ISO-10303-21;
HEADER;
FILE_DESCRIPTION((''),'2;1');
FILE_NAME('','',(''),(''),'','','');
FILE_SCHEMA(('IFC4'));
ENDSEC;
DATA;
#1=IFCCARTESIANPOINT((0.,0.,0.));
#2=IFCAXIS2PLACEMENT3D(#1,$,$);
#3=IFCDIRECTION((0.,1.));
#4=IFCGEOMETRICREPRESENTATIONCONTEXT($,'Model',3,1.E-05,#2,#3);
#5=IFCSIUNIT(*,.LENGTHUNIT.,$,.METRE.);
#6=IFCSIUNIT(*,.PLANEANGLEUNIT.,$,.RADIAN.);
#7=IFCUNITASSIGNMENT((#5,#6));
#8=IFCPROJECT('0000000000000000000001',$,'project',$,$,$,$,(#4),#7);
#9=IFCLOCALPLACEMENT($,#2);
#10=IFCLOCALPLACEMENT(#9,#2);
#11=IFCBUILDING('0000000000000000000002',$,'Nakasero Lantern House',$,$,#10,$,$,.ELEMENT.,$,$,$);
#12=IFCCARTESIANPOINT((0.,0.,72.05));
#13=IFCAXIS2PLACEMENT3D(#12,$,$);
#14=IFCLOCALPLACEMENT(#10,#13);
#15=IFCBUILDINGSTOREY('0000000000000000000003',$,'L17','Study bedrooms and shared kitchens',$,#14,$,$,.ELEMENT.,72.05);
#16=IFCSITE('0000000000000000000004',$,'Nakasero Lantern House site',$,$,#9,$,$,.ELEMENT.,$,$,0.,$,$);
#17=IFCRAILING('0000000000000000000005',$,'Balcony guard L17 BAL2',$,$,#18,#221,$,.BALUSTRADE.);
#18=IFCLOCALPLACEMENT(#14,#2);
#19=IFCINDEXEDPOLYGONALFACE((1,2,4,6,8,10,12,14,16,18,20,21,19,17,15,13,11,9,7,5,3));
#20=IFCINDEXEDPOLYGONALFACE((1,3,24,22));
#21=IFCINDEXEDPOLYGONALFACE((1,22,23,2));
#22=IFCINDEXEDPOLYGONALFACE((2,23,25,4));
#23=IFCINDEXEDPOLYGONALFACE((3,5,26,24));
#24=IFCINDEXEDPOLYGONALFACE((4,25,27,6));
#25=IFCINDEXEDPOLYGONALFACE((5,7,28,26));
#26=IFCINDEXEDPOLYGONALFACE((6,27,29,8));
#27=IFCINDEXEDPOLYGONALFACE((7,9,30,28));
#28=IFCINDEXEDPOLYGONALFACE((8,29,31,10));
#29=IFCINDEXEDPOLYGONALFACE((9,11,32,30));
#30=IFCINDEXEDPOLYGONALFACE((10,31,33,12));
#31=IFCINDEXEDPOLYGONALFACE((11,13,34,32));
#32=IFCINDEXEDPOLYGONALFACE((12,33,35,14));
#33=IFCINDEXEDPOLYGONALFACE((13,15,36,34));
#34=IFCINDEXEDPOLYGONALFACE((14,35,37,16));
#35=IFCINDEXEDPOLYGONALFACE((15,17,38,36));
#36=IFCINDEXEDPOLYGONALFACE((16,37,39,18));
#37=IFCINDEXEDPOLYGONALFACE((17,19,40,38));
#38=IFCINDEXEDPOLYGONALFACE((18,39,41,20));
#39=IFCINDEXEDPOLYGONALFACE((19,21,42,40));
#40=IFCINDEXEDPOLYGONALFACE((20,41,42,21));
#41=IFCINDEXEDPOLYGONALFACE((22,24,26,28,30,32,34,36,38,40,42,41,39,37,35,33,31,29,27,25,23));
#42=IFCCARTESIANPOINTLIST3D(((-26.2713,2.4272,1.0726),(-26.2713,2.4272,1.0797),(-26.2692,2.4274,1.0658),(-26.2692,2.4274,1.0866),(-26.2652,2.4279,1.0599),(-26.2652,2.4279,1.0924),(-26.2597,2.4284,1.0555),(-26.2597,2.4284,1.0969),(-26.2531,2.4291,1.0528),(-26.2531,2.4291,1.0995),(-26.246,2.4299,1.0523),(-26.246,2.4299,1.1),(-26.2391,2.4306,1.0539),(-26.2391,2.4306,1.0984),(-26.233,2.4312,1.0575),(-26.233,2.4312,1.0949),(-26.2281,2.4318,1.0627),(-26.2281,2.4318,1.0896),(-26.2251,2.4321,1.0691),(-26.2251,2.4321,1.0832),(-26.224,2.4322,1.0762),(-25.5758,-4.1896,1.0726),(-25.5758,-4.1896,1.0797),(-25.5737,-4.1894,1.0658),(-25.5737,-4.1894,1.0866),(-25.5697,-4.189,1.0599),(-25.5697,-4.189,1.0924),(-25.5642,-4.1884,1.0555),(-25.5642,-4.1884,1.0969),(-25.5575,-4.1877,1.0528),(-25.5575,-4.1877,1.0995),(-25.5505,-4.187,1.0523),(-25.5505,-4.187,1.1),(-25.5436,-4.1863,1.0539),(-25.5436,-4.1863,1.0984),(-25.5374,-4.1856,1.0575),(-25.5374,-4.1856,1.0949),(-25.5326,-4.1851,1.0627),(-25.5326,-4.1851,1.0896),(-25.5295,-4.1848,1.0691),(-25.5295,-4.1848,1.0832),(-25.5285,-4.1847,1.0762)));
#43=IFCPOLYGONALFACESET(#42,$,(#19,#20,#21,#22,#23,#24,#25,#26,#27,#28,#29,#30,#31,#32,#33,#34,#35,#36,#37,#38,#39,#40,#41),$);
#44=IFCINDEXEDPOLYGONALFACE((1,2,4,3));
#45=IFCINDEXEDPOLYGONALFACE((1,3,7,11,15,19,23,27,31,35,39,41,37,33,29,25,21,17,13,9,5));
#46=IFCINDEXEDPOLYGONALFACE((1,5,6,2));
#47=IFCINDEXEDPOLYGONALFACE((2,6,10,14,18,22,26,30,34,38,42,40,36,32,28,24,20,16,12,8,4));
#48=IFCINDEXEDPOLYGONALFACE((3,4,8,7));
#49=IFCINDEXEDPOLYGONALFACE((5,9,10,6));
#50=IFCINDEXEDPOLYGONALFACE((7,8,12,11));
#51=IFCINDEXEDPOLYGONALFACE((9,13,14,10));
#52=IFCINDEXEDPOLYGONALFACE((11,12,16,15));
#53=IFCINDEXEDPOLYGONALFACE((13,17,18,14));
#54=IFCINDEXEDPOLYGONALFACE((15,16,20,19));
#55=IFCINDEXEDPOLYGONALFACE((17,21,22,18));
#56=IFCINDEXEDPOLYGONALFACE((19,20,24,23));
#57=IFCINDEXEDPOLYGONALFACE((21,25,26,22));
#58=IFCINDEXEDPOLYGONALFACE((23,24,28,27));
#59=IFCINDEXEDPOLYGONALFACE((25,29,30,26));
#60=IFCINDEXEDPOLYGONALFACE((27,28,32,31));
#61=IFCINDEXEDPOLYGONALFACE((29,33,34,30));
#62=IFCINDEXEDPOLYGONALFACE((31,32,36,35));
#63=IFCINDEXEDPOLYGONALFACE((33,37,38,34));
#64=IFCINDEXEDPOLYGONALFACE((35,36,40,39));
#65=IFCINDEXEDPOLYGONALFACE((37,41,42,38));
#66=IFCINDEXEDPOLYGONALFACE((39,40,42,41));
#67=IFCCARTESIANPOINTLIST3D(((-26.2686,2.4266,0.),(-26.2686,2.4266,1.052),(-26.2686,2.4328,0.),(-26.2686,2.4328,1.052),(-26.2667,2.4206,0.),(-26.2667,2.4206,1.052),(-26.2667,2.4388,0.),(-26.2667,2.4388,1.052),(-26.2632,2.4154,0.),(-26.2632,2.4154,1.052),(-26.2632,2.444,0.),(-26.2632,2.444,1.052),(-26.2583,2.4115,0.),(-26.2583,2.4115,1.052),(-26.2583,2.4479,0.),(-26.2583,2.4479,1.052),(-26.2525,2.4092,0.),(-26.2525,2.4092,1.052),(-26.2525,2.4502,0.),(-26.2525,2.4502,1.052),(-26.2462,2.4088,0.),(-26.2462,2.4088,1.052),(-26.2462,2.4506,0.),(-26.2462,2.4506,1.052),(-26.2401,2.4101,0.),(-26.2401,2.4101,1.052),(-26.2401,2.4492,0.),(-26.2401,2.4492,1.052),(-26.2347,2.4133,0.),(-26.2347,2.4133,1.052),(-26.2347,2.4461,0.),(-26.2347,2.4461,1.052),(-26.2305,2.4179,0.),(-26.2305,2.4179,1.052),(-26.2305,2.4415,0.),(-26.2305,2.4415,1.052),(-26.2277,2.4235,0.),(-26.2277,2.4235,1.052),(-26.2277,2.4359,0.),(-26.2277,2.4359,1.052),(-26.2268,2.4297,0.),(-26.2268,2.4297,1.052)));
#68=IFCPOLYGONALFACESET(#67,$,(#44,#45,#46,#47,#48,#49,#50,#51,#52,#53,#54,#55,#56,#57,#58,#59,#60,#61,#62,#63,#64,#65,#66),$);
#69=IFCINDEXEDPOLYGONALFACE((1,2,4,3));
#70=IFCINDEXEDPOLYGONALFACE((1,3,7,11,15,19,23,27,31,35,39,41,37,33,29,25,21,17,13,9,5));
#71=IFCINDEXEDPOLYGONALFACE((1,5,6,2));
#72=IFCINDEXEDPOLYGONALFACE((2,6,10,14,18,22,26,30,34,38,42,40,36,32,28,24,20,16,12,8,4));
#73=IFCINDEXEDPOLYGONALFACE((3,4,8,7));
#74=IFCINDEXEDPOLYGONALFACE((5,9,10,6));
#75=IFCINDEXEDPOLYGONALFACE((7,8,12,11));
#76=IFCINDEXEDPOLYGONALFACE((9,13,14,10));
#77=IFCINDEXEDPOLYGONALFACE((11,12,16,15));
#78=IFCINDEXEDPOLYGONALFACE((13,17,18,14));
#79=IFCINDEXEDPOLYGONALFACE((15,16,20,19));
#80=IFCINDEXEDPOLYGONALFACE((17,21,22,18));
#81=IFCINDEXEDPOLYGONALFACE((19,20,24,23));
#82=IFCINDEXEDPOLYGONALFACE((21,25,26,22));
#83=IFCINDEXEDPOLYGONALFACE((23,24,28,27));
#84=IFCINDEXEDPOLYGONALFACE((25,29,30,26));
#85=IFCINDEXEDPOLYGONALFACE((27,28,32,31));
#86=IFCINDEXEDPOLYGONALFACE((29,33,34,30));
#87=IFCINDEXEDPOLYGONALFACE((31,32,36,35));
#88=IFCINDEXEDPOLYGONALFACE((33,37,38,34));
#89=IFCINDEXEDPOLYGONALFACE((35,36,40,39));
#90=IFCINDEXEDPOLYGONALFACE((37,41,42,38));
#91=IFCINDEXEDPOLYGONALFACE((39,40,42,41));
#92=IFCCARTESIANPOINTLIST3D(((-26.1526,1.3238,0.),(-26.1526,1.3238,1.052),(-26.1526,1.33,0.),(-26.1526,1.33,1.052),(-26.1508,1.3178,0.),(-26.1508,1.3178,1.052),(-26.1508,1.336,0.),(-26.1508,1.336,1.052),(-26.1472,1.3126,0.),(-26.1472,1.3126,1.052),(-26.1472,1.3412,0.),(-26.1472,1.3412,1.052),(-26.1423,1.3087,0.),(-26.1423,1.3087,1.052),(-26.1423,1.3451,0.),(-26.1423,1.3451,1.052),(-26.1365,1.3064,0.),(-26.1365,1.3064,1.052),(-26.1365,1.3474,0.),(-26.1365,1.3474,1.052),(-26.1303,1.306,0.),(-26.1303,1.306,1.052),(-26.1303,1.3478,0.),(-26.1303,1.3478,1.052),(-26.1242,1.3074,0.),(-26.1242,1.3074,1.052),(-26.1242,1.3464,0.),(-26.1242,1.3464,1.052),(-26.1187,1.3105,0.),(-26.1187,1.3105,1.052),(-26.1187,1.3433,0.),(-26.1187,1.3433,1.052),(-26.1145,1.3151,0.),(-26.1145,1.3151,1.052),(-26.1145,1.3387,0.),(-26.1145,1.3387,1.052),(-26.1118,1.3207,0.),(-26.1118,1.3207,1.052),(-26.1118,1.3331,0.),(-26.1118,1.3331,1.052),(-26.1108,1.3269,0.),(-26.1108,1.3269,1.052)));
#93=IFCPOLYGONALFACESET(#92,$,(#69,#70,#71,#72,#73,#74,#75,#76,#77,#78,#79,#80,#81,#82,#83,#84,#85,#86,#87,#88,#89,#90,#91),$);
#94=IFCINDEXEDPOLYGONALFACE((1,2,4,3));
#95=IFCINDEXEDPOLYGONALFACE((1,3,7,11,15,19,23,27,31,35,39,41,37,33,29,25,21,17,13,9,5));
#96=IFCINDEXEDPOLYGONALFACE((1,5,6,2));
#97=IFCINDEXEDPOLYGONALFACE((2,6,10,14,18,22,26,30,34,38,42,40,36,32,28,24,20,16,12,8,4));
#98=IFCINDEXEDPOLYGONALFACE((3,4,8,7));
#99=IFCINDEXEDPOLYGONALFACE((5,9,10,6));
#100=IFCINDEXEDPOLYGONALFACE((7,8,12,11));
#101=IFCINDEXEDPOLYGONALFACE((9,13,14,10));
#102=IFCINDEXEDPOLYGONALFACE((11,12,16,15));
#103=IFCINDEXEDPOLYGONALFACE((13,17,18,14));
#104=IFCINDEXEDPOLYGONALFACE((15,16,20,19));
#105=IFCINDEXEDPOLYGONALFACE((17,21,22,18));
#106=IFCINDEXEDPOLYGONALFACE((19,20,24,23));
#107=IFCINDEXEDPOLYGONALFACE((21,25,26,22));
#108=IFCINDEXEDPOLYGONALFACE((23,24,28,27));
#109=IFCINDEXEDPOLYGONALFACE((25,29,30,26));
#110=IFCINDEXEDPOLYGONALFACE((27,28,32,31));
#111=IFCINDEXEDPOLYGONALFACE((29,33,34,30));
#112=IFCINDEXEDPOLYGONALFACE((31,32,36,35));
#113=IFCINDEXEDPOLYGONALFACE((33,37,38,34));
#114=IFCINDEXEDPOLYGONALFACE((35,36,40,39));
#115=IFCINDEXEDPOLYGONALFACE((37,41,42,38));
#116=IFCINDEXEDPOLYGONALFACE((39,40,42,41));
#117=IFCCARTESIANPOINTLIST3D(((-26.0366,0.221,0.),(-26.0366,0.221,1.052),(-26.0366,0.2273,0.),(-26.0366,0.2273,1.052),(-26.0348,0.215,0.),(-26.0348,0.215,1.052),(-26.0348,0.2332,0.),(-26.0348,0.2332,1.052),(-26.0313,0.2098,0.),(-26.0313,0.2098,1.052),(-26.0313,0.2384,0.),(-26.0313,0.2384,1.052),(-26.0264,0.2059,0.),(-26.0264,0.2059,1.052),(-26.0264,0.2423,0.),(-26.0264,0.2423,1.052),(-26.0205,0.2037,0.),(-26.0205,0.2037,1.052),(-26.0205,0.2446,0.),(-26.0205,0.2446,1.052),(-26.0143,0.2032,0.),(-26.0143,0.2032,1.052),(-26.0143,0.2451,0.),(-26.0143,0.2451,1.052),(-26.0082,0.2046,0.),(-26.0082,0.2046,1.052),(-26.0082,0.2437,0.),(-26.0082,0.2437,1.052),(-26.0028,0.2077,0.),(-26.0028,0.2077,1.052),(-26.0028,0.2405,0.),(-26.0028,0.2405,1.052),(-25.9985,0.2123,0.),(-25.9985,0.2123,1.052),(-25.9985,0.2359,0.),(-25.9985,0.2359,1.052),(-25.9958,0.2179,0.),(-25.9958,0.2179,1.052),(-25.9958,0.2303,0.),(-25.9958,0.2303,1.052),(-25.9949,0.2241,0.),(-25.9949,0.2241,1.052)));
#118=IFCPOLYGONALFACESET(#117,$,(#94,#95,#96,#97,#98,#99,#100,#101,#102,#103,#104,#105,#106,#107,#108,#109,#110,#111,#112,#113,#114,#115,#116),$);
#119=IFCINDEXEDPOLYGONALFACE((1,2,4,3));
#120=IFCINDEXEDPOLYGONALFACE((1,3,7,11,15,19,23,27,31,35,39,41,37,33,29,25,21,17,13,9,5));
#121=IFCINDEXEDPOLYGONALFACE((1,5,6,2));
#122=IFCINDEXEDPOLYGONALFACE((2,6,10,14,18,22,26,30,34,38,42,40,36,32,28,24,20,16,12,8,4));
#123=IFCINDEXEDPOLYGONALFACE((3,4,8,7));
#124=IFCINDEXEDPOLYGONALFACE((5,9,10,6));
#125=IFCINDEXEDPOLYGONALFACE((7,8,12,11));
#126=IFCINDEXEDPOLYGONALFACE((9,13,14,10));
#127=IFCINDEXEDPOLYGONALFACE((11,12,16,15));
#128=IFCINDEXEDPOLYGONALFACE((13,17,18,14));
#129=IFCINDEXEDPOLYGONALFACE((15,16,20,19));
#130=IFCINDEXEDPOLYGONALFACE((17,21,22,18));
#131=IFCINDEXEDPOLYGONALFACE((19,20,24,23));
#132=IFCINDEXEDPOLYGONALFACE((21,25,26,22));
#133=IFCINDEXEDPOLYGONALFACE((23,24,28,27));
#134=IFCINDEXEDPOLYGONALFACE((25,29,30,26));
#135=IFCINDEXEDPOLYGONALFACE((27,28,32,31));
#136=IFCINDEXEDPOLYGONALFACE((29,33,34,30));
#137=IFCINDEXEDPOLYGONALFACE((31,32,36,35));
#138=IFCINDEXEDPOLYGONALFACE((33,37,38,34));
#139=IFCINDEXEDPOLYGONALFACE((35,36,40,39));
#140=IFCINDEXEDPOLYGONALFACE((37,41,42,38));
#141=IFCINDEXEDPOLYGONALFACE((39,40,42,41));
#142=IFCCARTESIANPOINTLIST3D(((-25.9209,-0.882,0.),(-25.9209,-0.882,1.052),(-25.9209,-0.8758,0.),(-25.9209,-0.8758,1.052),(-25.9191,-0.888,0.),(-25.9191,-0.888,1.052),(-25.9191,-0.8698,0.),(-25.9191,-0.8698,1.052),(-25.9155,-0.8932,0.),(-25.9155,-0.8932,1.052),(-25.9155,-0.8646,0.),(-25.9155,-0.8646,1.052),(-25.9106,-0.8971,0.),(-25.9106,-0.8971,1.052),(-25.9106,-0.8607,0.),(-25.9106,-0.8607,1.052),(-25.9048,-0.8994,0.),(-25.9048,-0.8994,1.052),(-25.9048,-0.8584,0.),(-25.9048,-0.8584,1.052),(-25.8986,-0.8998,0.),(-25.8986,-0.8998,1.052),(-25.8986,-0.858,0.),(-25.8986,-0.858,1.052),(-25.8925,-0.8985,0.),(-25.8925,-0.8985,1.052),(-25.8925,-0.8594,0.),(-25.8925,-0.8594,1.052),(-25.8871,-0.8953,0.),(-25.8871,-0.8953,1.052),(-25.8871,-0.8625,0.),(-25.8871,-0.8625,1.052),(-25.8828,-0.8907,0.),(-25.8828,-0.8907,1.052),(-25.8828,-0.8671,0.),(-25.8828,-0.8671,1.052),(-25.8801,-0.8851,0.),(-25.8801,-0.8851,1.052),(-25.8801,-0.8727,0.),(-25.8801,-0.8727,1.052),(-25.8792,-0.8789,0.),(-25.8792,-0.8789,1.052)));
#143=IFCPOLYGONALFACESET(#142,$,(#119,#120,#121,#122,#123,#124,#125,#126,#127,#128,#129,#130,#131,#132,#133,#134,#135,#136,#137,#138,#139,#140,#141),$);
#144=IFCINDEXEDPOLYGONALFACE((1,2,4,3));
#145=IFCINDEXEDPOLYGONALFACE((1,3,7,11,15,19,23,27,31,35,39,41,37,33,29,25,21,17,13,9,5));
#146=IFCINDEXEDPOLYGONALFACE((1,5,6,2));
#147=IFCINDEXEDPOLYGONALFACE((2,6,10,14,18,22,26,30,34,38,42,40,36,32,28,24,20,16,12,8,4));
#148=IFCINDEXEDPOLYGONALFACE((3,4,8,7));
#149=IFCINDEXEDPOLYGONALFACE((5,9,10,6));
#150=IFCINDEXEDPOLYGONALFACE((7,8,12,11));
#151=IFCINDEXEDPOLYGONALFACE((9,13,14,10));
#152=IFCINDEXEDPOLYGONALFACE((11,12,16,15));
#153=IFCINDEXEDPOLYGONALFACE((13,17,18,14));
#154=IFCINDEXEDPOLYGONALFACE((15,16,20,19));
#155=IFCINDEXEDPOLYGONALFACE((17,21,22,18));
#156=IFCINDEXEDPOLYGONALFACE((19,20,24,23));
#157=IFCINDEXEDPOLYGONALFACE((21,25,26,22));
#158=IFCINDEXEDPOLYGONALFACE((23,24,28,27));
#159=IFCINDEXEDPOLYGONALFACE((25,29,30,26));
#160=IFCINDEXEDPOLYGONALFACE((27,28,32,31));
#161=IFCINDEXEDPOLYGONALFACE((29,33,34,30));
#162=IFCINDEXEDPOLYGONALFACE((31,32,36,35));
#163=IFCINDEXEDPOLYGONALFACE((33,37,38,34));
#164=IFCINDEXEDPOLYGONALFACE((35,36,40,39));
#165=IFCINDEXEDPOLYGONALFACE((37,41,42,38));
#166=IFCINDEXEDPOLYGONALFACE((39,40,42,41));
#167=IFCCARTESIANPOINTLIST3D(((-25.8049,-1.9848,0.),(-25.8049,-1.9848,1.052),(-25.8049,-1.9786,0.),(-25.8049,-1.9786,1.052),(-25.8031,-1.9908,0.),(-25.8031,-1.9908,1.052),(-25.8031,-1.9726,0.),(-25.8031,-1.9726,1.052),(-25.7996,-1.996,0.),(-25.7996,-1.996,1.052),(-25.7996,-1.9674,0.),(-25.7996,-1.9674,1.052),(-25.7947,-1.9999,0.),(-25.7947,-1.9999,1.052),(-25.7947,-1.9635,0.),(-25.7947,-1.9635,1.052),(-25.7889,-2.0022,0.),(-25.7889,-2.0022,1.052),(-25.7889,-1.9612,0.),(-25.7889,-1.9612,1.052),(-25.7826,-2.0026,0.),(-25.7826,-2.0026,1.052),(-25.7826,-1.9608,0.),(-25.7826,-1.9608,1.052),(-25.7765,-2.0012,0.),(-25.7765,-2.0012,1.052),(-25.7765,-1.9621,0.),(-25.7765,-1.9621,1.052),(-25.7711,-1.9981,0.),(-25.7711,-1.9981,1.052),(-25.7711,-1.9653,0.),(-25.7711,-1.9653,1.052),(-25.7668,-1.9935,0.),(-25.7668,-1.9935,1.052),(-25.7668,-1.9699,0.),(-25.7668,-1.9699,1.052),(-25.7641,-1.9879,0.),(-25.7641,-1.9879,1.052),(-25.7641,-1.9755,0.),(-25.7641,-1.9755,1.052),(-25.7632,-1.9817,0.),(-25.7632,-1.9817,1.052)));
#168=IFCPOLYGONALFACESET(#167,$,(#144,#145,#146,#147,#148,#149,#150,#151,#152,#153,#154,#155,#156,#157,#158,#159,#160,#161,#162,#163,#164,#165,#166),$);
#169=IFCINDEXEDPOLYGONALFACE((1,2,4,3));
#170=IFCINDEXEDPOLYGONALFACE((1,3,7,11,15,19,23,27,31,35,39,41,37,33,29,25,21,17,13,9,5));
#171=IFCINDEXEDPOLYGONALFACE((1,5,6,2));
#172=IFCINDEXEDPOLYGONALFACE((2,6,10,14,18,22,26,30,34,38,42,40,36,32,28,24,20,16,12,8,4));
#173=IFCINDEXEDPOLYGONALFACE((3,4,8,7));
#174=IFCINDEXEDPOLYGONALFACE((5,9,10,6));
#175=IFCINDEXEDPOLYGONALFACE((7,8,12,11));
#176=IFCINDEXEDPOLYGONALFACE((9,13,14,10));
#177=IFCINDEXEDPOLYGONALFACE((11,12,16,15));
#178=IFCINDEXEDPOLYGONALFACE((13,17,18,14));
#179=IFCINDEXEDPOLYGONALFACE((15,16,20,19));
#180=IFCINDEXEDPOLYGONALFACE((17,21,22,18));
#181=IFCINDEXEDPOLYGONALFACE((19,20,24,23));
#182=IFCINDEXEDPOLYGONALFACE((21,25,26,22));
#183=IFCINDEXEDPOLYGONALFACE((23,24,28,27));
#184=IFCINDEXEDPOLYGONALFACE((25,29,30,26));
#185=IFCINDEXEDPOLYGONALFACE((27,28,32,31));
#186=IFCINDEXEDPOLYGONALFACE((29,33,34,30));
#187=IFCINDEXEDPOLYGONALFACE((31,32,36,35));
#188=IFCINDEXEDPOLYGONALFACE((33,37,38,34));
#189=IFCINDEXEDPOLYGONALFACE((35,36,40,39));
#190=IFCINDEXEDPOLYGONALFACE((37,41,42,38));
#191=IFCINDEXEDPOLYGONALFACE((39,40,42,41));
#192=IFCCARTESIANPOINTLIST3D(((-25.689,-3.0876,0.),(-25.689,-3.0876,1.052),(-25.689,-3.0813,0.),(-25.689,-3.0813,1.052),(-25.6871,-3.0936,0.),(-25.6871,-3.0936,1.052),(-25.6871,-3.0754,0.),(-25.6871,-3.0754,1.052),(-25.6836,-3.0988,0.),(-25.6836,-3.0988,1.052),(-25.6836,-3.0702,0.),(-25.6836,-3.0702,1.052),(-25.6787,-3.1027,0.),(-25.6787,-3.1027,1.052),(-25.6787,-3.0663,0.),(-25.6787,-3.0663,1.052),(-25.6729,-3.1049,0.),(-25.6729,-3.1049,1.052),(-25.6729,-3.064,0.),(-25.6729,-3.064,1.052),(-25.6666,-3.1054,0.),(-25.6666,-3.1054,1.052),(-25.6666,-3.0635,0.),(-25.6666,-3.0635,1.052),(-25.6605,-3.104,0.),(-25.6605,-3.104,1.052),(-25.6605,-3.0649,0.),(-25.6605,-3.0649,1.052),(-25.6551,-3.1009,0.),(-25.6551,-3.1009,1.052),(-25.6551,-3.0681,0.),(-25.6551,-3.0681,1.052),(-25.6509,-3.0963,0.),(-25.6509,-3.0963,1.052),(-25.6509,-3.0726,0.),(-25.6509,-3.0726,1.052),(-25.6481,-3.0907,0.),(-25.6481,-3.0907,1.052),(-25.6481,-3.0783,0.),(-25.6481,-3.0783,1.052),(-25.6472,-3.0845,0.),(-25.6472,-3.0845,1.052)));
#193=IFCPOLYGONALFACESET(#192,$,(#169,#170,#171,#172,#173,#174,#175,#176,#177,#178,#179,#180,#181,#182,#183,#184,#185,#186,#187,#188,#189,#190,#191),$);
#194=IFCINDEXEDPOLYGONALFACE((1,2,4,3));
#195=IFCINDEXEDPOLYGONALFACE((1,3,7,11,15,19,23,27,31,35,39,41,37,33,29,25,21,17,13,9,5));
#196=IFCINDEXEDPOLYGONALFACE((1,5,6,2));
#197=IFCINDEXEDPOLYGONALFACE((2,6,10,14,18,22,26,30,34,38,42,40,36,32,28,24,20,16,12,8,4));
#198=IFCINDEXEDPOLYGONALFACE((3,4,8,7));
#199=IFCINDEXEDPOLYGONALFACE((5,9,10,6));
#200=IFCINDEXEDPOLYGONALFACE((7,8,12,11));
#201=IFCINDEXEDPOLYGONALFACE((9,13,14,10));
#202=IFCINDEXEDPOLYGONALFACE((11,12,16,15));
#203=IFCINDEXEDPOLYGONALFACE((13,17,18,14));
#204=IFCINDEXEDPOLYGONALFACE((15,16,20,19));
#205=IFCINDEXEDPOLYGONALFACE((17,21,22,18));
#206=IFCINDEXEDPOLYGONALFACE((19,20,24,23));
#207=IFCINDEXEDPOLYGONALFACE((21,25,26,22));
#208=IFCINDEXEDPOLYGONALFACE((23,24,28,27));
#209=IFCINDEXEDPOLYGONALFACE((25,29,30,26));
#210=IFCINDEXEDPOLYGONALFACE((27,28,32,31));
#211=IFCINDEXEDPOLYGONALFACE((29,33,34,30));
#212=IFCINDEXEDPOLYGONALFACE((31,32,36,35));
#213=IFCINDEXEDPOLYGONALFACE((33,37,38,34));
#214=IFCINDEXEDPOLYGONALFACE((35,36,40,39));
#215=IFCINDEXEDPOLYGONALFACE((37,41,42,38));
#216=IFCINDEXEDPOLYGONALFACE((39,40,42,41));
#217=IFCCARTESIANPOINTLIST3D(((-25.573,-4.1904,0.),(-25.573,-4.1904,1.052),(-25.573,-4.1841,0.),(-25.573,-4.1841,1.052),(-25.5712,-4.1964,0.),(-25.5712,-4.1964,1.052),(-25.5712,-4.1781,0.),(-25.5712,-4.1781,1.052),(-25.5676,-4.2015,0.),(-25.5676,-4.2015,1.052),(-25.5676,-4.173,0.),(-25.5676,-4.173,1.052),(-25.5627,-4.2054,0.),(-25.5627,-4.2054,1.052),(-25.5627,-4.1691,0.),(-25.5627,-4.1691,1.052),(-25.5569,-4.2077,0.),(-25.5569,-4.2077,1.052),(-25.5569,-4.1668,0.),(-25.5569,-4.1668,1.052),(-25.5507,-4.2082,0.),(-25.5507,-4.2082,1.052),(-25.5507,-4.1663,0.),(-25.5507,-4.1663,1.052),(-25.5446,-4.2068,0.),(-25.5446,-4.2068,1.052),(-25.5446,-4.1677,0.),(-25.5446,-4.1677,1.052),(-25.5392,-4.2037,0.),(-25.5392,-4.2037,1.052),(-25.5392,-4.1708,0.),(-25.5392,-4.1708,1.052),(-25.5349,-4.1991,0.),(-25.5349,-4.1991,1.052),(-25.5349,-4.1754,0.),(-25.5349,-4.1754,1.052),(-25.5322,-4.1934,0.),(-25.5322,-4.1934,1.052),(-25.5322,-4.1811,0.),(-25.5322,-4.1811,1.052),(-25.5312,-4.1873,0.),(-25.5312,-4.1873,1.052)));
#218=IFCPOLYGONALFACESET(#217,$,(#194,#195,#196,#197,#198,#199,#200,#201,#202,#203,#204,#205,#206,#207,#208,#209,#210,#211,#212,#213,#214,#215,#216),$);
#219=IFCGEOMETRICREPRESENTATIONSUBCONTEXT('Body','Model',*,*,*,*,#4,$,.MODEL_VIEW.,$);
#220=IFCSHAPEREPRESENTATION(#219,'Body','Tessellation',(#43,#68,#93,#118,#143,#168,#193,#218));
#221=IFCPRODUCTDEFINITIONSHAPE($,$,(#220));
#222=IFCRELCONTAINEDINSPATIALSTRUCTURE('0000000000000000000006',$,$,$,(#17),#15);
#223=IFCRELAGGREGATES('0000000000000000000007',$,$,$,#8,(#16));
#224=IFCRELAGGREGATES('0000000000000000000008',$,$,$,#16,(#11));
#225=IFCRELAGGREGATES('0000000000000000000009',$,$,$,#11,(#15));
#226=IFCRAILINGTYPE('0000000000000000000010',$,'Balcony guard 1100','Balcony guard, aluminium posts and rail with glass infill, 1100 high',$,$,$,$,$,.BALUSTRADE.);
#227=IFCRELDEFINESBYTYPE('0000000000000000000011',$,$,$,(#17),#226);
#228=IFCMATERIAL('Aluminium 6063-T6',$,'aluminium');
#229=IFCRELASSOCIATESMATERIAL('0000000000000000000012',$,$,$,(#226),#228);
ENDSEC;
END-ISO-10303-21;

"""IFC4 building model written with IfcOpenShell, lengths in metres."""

from ifc_helpers import new_model, si_unit, direction, frame, origin, origin_2d, place, context, subcontext, project, spatial, circle, extrude, material, type_object, element, save


model = new_model("IFC4")

# Units and contexts
model_context = context("Model", 3, precision=1e-05, world=origin(), true_north=direction((0.0, 1.0)))
body_context = subcontext(model_context, "Body", "Model", "MODEL_VIEW")
ifc_project = project(units=[si_unit("LENGTHUNIT", "METRE"), si_unit("PLANEANGLEUNIT", "RADIAN")], contexts=[model_context])

# Site, building, storey
site_placement = place(None, origin())
site = spatial("IfcSite", under=ifc_project, at=site_placement, Name="Nakasero Lantern House site", CompositionType="ELEMENT", RefElevation=0.0)
building_placement = place(site_placement, origin())
building = spatial("IfcBuilding", under=site, at=building_placement, Name="Nakasero Lantern House", CompositionType="ELEMENT")
storey_placement = place(building_placement, frame((0.0, 0.0, 72.05)))
storey = spatial("IfcBuildingStorey", under=building, at=storey_placement, Name="L17", Description="Study bedrooms and shared kitchens", CompositionType="ELEMENT", Elevation=72.05)

# Railing
ifc_material_1 = material(Name="Aluminium 6063-T6", Category="aluminium")
railing_type = type_object("IfcRailingType", Name="Balcony guard 1100", Description="Balcony guard, aluminium posts and rail with glass infill, 1100 high", PredefinedType="BALUSTRADE", material=ifc_material_1)
railing_placement = place(storey_placement, frame((-26.2478, 2.4297, 0.0)))
element("IfcRailing", 1, at=railing_placement, inside=storey, type_object=railing_type, Name="Balcony guard L17 BAL2", PredefinedType="BALUSTRADE", context=body_context, shape_type="SweptSolid", body=[
    extrude(circle(Radius=0.0239, at=origin_2d()), frame((0.0, 0.0, 1.0762), z_axis=(0.104542, -0.994521, 0.0), x_axis=(0.994521, 0.104542, 0.0)), (0.0, 0.0, 1.0), 6.6533),
    extrude(circle(Radius=0.021, at=origin_2d()), origin(), (0.0, 0.0, 1.0), 1.052),
    extrude(circle(Radius=0.021, at=origin_2d()), frame((0.116, -1.1028, 0.0)), (0.0, 0.0, 1.0), 1.052),
    extrude(circle(Radius=0.021, at=origin_2d()), frame((0.2319, -2.2056, 0.0)), (0.0, 0.0, 1.0), 1.052),
    extrude(circle(Radius=0.021, at=origin_2d()), frame((0.3477, -3.3086, 0.0)), (0.0, 0.0, 1.0), 1.052),
    extrude(circle(Radius=0.021, at=origin_2d()), frame((0.4636, -4.4114, 0.0)), (0.0, 0.0, 1.0), 1.052),
    extrude(circle(Radius=0.021, at=origin_2d()), frame((0.5796, -5.5142, 0.0)), (0.0, 0.0, 1.0), 1.052),
    extrude(circle(Radius=0.021, at=origin_2d()), frame((0.6956, -6.6169, 0.0)), (0.0, 0.0, 1.0), 1.052),
])

save(model, "model.ifc")
